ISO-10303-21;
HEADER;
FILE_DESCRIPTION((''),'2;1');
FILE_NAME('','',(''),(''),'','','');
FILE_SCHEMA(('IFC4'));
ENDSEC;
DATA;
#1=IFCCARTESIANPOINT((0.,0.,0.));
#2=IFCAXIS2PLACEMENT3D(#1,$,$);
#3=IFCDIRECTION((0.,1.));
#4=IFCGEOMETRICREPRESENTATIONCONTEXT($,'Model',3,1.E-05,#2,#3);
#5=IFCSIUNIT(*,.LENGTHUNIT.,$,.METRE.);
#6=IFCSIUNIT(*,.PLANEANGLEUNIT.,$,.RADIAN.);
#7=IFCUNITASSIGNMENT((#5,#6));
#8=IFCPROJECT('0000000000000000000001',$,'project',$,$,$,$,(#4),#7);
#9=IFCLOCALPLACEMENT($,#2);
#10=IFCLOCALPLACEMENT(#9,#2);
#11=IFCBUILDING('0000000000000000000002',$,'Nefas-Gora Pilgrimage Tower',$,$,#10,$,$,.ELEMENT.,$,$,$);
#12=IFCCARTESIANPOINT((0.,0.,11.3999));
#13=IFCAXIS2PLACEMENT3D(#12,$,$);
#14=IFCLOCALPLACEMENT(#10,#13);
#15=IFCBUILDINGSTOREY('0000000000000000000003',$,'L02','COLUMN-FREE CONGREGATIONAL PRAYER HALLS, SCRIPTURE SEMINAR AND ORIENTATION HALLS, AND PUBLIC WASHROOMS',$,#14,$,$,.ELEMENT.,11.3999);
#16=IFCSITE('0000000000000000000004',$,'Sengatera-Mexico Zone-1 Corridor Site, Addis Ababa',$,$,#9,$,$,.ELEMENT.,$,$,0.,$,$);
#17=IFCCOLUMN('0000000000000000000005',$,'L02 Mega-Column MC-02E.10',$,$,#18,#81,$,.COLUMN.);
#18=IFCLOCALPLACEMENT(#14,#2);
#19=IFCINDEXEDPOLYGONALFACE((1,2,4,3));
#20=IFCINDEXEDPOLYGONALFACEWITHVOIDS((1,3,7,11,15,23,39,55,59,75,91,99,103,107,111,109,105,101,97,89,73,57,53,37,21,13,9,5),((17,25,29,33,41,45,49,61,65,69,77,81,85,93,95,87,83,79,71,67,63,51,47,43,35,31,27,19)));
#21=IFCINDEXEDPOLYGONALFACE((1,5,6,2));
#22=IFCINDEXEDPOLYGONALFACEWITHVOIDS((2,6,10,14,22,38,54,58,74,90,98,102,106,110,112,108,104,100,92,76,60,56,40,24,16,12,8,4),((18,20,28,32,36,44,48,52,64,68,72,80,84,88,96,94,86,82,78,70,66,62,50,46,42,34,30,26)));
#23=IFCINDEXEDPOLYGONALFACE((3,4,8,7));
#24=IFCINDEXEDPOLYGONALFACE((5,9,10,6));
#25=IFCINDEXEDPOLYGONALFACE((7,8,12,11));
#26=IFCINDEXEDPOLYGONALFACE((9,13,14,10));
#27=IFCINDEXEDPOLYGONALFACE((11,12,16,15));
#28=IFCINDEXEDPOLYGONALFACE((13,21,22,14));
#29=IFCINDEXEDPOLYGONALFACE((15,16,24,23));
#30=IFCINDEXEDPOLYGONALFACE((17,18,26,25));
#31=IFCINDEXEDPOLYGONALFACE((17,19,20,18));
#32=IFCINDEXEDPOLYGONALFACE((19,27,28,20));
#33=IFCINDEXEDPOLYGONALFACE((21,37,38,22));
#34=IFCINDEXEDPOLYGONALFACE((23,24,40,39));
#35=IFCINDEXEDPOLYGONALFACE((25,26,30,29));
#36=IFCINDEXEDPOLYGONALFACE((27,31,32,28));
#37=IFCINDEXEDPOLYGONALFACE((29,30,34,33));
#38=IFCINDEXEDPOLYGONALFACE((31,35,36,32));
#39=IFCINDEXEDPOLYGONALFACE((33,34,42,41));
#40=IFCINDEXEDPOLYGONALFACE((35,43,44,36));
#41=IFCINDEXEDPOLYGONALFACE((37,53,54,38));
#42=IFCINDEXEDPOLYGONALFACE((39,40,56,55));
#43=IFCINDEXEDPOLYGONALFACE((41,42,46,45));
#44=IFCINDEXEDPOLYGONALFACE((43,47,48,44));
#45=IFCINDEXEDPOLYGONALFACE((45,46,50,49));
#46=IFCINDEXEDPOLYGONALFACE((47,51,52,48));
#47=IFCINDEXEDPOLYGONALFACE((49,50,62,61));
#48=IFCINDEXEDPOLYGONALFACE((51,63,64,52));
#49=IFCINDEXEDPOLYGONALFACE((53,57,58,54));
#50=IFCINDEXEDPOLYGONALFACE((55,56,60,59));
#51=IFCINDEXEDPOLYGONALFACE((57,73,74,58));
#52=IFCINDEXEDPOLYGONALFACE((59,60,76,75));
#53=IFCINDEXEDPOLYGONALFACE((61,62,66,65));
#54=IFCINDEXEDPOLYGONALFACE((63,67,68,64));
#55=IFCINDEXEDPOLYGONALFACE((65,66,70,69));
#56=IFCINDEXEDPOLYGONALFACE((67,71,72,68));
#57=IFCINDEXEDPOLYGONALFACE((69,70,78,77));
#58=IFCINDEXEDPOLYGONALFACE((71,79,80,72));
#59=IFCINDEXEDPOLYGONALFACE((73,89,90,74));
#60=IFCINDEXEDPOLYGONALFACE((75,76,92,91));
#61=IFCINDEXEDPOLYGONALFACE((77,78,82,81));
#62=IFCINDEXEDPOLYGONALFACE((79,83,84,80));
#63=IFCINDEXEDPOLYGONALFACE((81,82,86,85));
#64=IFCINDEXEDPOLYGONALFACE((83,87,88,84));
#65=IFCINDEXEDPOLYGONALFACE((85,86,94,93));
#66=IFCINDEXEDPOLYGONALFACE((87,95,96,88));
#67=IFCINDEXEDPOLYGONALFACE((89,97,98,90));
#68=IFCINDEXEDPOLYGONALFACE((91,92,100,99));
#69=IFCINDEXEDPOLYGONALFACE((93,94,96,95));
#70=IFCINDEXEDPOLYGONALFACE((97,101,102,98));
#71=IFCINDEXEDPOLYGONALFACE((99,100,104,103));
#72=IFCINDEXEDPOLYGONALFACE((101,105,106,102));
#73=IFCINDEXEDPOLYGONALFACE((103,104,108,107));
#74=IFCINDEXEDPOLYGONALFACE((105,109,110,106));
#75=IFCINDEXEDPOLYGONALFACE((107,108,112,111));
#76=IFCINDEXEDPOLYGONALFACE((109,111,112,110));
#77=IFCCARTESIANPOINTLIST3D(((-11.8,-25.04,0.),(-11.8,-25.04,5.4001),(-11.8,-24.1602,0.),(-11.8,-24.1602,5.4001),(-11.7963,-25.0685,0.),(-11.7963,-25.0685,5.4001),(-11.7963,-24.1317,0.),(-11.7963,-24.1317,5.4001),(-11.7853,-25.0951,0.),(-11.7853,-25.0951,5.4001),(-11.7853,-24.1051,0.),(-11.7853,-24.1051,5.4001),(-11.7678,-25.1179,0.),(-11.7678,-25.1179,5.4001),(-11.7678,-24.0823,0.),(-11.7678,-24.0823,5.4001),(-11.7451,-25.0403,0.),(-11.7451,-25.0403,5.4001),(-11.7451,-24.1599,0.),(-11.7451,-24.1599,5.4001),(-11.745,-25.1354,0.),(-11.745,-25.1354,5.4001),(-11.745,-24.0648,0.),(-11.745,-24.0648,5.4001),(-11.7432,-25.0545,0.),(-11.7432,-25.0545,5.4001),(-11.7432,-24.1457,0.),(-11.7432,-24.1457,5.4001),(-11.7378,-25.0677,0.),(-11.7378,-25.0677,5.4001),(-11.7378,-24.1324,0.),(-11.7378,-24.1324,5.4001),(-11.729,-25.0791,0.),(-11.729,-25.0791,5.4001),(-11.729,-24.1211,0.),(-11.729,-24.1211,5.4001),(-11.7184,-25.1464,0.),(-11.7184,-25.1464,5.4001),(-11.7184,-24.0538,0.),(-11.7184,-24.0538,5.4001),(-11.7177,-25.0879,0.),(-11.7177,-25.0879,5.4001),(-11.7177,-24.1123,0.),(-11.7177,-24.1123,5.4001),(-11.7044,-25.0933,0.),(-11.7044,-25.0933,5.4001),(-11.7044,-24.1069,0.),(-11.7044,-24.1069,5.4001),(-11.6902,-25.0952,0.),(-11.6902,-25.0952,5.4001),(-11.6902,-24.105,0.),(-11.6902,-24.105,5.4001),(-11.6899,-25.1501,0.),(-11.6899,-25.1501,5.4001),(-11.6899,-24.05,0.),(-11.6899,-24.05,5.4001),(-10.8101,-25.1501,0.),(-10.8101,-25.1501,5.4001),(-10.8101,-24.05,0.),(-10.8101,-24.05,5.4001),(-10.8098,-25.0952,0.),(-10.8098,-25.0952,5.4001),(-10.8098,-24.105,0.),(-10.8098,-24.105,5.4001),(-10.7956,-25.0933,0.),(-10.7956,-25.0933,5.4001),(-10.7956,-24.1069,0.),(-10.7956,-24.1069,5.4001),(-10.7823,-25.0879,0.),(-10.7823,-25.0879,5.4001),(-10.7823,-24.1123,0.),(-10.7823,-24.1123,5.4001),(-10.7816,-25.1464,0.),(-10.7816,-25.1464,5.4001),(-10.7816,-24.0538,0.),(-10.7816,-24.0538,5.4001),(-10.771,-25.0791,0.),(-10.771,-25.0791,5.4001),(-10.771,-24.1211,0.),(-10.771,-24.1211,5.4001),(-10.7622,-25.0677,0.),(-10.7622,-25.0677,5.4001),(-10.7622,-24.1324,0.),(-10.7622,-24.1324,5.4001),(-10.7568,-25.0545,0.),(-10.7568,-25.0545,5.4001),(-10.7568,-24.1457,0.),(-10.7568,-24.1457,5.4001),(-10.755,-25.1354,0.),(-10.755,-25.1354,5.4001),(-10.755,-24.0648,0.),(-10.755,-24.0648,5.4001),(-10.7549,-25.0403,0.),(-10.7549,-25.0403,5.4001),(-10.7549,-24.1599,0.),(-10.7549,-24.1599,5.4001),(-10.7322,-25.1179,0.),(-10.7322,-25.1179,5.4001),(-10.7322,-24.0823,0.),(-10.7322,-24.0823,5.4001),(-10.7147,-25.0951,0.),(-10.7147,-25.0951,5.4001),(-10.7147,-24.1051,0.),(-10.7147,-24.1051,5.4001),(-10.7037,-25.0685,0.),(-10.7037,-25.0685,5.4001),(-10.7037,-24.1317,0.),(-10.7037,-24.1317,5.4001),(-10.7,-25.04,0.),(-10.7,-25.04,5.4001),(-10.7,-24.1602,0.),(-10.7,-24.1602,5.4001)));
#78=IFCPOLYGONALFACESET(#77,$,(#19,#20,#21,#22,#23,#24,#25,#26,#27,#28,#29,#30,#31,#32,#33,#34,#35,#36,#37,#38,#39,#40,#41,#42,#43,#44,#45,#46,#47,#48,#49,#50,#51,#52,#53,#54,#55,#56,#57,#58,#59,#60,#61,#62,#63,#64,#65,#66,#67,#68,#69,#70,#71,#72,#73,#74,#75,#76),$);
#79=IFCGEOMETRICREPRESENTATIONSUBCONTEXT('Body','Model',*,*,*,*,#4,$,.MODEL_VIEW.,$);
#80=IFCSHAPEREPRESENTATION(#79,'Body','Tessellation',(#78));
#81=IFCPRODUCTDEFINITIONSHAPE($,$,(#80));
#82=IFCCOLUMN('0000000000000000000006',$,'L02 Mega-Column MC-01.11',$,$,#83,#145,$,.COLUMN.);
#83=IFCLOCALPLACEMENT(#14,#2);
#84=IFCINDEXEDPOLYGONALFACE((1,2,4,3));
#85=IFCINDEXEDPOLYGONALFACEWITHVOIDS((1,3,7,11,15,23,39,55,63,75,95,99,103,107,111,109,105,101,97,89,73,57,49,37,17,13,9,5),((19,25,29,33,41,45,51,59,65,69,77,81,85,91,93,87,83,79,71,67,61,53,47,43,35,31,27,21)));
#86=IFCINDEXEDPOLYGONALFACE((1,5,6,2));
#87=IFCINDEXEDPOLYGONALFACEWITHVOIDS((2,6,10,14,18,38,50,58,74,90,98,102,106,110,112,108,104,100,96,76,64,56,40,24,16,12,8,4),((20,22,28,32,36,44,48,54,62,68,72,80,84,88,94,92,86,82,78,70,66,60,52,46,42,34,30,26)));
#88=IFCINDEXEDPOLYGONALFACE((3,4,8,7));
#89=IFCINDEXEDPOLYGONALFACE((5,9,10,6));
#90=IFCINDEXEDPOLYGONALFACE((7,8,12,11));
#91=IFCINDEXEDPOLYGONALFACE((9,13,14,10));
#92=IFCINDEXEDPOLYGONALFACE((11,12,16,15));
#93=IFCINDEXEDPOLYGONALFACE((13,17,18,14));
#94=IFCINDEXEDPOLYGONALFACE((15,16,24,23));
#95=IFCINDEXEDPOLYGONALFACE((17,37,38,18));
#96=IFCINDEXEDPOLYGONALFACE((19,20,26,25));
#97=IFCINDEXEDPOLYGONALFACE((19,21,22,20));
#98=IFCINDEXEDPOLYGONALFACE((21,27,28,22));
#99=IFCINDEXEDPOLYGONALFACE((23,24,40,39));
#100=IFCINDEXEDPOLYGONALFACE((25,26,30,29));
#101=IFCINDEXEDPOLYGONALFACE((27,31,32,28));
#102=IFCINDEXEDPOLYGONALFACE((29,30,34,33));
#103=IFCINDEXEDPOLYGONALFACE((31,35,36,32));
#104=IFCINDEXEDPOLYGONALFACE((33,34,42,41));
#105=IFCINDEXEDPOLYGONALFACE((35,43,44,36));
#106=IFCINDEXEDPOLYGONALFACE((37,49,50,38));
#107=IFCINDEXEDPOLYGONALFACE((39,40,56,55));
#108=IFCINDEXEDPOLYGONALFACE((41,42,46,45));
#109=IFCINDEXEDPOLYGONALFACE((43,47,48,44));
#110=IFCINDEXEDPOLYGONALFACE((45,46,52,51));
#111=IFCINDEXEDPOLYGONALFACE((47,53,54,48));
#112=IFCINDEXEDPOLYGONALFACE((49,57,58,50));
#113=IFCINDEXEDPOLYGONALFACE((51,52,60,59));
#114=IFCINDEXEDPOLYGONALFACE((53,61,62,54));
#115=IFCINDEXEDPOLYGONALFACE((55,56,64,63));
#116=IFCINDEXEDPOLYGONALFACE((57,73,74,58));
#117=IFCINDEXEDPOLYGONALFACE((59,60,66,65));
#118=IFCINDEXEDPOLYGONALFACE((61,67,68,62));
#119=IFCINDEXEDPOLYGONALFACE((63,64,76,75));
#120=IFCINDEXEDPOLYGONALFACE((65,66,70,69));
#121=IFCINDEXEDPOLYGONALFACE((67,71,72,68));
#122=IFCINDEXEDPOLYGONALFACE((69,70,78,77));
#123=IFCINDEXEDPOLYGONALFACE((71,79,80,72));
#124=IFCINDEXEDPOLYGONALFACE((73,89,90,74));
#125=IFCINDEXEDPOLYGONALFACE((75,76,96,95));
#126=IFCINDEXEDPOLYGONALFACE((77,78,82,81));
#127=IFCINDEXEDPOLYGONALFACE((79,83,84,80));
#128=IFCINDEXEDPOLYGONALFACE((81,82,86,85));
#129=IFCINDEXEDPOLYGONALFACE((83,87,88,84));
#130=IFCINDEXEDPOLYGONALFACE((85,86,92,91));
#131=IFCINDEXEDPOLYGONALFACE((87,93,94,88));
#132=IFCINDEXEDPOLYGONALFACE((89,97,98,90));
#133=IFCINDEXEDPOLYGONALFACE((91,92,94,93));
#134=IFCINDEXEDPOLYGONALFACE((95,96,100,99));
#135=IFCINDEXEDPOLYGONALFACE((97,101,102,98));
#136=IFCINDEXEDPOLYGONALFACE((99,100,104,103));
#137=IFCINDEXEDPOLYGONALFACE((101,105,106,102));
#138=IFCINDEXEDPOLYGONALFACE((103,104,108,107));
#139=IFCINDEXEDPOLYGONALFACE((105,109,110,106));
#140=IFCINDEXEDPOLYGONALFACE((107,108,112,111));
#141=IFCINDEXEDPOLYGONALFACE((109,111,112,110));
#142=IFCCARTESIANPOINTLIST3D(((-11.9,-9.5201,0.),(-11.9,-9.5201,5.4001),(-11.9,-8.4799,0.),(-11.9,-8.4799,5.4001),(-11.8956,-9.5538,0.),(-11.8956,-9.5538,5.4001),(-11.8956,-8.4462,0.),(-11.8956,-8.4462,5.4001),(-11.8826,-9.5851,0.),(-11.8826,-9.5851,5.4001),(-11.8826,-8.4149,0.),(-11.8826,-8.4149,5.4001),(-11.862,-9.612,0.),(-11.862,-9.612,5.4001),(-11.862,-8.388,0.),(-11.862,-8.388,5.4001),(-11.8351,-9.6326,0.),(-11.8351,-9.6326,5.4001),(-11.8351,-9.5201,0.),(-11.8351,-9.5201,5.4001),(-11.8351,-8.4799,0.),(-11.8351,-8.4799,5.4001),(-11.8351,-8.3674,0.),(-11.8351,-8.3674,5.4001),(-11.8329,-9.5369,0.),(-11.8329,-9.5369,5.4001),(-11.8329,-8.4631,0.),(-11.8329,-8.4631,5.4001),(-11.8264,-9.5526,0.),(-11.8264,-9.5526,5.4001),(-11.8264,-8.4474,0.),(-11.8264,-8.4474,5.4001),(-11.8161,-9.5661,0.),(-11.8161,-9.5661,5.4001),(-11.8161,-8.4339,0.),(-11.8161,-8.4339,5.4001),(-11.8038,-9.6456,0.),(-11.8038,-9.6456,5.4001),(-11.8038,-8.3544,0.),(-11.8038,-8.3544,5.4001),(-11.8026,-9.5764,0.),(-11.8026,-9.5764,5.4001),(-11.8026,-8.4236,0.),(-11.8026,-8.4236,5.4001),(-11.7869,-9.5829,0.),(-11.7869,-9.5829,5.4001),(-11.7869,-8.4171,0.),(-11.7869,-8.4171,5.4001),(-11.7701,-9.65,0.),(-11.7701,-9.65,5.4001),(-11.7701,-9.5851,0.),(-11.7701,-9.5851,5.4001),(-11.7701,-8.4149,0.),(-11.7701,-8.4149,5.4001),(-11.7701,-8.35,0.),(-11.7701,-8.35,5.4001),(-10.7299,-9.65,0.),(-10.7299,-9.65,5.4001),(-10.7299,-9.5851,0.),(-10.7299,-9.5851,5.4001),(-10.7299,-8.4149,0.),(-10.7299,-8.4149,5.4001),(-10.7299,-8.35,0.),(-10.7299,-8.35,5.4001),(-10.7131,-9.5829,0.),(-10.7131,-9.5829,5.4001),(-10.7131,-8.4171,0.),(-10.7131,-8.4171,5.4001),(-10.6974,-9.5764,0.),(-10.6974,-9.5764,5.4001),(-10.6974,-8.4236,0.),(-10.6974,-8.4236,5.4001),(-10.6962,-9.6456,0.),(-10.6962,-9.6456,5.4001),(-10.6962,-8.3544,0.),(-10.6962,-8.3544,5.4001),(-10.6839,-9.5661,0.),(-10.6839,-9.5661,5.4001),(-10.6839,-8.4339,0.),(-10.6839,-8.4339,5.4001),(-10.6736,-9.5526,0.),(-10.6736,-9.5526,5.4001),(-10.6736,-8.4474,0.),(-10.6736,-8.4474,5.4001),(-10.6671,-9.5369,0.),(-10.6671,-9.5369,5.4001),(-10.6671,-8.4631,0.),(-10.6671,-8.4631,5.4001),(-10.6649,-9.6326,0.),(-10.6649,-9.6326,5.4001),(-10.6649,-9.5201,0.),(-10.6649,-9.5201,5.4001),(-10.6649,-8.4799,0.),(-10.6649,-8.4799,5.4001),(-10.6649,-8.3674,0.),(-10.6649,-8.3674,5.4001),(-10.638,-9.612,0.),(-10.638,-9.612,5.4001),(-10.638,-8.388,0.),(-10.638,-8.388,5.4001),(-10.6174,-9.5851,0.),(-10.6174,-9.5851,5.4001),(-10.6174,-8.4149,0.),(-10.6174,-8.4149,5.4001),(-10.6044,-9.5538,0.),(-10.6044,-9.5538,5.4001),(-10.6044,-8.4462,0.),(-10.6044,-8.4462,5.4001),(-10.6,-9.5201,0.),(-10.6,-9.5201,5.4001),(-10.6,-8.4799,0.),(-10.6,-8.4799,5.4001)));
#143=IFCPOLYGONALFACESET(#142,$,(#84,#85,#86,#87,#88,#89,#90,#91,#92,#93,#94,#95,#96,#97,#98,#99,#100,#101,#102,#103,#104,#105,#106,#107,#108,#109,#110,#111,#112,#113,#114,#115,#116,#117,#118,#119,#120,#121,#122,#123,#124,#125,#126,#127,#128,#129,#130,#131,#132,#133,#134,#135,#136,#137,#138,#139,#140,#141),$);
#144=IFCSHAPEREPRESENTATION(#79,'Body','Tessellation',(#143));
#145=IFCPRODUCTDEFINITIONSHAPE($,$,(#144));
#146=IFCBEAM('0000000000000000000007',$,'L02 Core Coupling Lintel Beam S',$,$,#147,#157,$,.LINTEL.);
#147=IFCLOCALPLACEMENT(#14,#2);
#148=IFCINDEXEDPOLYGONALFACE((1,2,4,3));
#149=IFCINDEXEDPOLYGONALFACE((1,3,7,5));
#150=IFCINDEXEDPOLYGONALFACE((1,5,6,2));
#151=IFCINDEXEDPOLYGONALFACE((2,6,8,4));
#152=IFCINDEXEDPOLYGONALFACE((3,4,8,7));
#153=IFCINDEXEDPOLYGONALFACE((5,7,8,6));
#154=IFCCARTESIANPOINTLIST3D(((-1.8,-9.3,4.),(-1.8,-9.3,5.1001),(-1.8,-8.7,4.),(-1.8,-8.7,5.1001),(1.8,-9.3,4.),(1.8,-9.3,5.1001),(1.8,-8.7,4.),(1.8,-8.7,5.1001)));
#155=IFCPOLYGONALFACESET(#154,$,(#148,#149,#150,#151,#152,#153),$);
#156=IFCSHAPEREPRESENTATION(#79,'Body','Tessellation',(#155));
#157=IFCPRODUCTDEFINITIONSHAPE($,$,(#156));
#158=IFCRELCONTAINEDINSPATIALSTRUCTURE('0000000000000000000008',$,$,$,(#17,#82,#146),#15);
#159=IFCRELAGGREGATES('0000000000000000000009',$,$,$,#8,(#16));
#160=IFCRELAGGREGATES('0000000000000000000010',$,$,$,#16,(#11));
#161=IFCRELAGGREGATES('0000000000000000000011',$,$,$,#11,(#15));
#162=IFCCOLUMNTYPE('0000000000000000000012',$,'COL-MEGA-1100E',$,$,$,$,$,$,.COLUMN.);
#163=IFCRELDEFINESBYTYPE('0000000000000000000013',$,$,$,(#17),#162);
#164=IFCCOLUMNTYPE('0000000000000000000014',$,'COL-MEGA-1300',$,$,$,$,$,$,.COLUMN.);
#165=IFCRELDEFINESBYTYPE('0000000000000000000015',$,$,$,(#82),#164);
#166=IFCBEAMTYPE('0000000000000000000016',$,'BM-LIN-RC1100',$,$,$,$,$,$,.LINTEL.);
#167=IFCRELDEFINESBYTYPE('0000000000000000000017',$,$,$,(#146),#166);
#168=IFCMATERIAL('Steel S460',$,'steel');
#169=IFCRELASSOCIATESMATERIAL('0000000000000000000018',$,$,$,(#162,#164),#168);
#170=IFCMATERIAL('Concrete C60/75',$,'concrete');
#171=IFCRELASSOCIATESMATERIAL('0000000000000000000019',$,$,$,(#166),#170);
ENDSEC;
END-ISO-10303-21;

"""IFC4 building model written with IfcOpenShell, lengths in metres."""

from ifc_helpers import new_model, si_unit, direction, frame, origin, origin_2d, place, context, subcontext, project, spatial, rectangle, hollow_rectangle, extrude, source, transform, mapped, material, material_profile, profile_set, type_object, element, save


model = new_model("IFC4")

# Units and contexts
model_context = context("Model", 3, precision=1e-05, world=origin(), true_north=direction((0.0, 1.0)))
body_context = subcontext(model_context, "Body", "Model", "MODEL_VIEW")
ifc_project = project(units=[si_unit("LENGTHUNIT", "METRE"), si_unit("PLANEANGLEUNIT", "RADIAN")], contexts=[model_context])

# Site, building, storey
site_placement = place(None, origin())
site = spatial("IfcSite", under=ifc_project, at=site_placement, Name="Sengatera-Mexico Zone-1 Corridor Site, Addis Ababa", CompositionType="ELEMENT", RefElevation=0.0)
building_placement = place(site_placement, origin())
building = spatial("IfcBuilding", under=site, at=building_placement, Name="Nefas-Gora Pilgrimage Tower", CompositionType="ELEMENT")
storey_placement = place(building_placement, frame((0.0, 0.0, 11.3999)))
storey = spatial("IfcBuildingStorey", under=building, at=storey_placement, Name="L02", Description="COLUMN-FREE CONGREGATIONAL PRAYER HALLS, SCRIPTURE SEMINAR AND ORIENTATION HALLS, AND PUBLIC WASHROOMS", CompositionType="ELEMENT", Elevation=11.3999)

# Columns
ifc_material_1 = material(Name="Steel S460", Category="steel")
ifc_material_profile_1 = material_profile(ifc_material_1, hollow_rectangle(XDim=1.1001, YDim=1.1001, WallThickness=0.0549, InnerFilletRadius=0.0549, OuterFilletRadius=0.1101, at=origin_2d()), Name="BOX 1100x1100x55")
ifc_profile_set_1 = profile_set([ifc_material_profile_1], Name="Steel S460")
column_type_1 = type_object("IfcColumnType", Name="COL-MEGA-1100E", PredefinedType="COLUMN", material=ifc_profile_set_1)
shared_shape_1 = source(origin(), body_context, "Body", "SweptSolid", [
    extrude(hollow_rectangle(XDim=1.1001, YDim=1.1001, WallThickness=0.0549, InnerFilletRadius=0.0549, OuterFilletRadius=0.1101, at=origin_2d()), origin(), (0.0, 0.0, 1.0), 5.4001),
])
column_1_placement = place(storey_placement, frame((-11.25, -24.6001, 0.0), z_axis=(0.0, 0.0, 1.0), x_axis=(1.0, 0.0, 0.0)))
element("IfcColumn", 1, at=column_1_placement, inside=storey, type_object=column_type_1, Name="L02 Mega-Column MC-02E.10", PredefinedType="COLUMN", context=body_context, shape_type="MappedRepresentation", body=[
    mapped(shared_shape_1, transform((0.0, 0.0, 0.0), x_axis=(1.0, 0.0, 0.0), y_axis=(0.0, 1.0, 0.0), z_axis=(0.0, 0.0, 1.0), scale=1.0)),
])
ifc_material_profile_2 = material_profile(ifc_material_1, hollow_rectangle(XDim=1.3, YDim=1.3, WallThickness=0.0649, InnerFilletRadius=0.0649, OuterFilletRadius=0.1299, at=origin_2d()), Name="BOX 1300x1300x65")
ifc_profile_set_2 = profile_set([ifc_material_profile_2], Name="Steel S460")
column_type_2 = type_object("IfcColumnType", Name="COL-MEGA-1300", PredefinedType="COLUMN", material=ifc_profile_set_2)
shared_shape_2 = source(origin(), body_context, "Body", "SweptSolid", [
    extrude(hollow_rectangle(XDim=1.3, YDim=1.3, WallThickness=0.0649, InnerFilletRadius=0.0649, OuterFilletRadius=0.1299, at=origin_2d()), origin(), (0.0, 0.0, 1.0), 5.4001),
])
column_2_placement = place(storey_placement, frame((-11.25, -9.0, 0.0), z_axis=(0.0, 0.0, 1.0), x_axis=(1.0, 0.0, 0.0)))
element("IfcColumn", 2, at=column_2_placement, inside=storey, type_object=column_type_2, Name="L02 Mega-Column MC-01.11", PredefinedType="COLUMN", context=body_context, shape_type="MappedRepresentation", body=[
    mapped(shared_shape_2, transform((0.0, 0.0, 0.0), x_axis=(1.0, 0.0, 0.0), y_axis=(0.0, 1.0, 0.0), z_axis=(0.0, 0.0, 1.0), scale=1.0)),
])

# Beam
ifc_material_2 = material(Name="Concrete C60/75", Category="concrete")
ifc_material_profile_3 = material_profile(ifc_material_2, rectangle(XDim=0.6001, YDim=1.1001, at=origin_2d()), Name="RC 600x1100")
ifc_profile_set_3 = profile_set([ifc_material_profile_3], Name="Concrete C60/75")
beam_type_1 = type_object("IfcBeamType", Name="BM-LIN-RC1100", PredefinedType="LINTEL", material=ifc_profile_set_3)
shared_shape_3 = source(origin(), body_context, "Body", "SweptSolid", [
    extrude(rectangle(XDim=0.6001, YDim=1.1001, at=origin_2d()), origin(), (0.0, 0.0, 1.0), 3.6001),
])
beam_1_placement = place(storey_placement, frame((-1.8, -9.0, 4.55), z_axis=(1.0, 0.0, 0.0), x_axis=(0.0, 1.0, 0.0)))
element("IfcBeam", 3, at=beam_1_placement, inside=storey, type_object=beam_type_1, Name="L02 Core Coupling Lintel Beam S", PredefinedType="LINTEL", context=body_context, shape_type="MappedRepresentation", body=[
    mapped(shared_shape_3, transform((0.0, 0.0, 0.0), x_axis=(1.0, 0.0, 0.0), y_axis=(0.0, 1.0, 0.0), z_axis=(0.0, 0.0, 1.0), scale=1.0)),
])

save(model, "model.ifc")
